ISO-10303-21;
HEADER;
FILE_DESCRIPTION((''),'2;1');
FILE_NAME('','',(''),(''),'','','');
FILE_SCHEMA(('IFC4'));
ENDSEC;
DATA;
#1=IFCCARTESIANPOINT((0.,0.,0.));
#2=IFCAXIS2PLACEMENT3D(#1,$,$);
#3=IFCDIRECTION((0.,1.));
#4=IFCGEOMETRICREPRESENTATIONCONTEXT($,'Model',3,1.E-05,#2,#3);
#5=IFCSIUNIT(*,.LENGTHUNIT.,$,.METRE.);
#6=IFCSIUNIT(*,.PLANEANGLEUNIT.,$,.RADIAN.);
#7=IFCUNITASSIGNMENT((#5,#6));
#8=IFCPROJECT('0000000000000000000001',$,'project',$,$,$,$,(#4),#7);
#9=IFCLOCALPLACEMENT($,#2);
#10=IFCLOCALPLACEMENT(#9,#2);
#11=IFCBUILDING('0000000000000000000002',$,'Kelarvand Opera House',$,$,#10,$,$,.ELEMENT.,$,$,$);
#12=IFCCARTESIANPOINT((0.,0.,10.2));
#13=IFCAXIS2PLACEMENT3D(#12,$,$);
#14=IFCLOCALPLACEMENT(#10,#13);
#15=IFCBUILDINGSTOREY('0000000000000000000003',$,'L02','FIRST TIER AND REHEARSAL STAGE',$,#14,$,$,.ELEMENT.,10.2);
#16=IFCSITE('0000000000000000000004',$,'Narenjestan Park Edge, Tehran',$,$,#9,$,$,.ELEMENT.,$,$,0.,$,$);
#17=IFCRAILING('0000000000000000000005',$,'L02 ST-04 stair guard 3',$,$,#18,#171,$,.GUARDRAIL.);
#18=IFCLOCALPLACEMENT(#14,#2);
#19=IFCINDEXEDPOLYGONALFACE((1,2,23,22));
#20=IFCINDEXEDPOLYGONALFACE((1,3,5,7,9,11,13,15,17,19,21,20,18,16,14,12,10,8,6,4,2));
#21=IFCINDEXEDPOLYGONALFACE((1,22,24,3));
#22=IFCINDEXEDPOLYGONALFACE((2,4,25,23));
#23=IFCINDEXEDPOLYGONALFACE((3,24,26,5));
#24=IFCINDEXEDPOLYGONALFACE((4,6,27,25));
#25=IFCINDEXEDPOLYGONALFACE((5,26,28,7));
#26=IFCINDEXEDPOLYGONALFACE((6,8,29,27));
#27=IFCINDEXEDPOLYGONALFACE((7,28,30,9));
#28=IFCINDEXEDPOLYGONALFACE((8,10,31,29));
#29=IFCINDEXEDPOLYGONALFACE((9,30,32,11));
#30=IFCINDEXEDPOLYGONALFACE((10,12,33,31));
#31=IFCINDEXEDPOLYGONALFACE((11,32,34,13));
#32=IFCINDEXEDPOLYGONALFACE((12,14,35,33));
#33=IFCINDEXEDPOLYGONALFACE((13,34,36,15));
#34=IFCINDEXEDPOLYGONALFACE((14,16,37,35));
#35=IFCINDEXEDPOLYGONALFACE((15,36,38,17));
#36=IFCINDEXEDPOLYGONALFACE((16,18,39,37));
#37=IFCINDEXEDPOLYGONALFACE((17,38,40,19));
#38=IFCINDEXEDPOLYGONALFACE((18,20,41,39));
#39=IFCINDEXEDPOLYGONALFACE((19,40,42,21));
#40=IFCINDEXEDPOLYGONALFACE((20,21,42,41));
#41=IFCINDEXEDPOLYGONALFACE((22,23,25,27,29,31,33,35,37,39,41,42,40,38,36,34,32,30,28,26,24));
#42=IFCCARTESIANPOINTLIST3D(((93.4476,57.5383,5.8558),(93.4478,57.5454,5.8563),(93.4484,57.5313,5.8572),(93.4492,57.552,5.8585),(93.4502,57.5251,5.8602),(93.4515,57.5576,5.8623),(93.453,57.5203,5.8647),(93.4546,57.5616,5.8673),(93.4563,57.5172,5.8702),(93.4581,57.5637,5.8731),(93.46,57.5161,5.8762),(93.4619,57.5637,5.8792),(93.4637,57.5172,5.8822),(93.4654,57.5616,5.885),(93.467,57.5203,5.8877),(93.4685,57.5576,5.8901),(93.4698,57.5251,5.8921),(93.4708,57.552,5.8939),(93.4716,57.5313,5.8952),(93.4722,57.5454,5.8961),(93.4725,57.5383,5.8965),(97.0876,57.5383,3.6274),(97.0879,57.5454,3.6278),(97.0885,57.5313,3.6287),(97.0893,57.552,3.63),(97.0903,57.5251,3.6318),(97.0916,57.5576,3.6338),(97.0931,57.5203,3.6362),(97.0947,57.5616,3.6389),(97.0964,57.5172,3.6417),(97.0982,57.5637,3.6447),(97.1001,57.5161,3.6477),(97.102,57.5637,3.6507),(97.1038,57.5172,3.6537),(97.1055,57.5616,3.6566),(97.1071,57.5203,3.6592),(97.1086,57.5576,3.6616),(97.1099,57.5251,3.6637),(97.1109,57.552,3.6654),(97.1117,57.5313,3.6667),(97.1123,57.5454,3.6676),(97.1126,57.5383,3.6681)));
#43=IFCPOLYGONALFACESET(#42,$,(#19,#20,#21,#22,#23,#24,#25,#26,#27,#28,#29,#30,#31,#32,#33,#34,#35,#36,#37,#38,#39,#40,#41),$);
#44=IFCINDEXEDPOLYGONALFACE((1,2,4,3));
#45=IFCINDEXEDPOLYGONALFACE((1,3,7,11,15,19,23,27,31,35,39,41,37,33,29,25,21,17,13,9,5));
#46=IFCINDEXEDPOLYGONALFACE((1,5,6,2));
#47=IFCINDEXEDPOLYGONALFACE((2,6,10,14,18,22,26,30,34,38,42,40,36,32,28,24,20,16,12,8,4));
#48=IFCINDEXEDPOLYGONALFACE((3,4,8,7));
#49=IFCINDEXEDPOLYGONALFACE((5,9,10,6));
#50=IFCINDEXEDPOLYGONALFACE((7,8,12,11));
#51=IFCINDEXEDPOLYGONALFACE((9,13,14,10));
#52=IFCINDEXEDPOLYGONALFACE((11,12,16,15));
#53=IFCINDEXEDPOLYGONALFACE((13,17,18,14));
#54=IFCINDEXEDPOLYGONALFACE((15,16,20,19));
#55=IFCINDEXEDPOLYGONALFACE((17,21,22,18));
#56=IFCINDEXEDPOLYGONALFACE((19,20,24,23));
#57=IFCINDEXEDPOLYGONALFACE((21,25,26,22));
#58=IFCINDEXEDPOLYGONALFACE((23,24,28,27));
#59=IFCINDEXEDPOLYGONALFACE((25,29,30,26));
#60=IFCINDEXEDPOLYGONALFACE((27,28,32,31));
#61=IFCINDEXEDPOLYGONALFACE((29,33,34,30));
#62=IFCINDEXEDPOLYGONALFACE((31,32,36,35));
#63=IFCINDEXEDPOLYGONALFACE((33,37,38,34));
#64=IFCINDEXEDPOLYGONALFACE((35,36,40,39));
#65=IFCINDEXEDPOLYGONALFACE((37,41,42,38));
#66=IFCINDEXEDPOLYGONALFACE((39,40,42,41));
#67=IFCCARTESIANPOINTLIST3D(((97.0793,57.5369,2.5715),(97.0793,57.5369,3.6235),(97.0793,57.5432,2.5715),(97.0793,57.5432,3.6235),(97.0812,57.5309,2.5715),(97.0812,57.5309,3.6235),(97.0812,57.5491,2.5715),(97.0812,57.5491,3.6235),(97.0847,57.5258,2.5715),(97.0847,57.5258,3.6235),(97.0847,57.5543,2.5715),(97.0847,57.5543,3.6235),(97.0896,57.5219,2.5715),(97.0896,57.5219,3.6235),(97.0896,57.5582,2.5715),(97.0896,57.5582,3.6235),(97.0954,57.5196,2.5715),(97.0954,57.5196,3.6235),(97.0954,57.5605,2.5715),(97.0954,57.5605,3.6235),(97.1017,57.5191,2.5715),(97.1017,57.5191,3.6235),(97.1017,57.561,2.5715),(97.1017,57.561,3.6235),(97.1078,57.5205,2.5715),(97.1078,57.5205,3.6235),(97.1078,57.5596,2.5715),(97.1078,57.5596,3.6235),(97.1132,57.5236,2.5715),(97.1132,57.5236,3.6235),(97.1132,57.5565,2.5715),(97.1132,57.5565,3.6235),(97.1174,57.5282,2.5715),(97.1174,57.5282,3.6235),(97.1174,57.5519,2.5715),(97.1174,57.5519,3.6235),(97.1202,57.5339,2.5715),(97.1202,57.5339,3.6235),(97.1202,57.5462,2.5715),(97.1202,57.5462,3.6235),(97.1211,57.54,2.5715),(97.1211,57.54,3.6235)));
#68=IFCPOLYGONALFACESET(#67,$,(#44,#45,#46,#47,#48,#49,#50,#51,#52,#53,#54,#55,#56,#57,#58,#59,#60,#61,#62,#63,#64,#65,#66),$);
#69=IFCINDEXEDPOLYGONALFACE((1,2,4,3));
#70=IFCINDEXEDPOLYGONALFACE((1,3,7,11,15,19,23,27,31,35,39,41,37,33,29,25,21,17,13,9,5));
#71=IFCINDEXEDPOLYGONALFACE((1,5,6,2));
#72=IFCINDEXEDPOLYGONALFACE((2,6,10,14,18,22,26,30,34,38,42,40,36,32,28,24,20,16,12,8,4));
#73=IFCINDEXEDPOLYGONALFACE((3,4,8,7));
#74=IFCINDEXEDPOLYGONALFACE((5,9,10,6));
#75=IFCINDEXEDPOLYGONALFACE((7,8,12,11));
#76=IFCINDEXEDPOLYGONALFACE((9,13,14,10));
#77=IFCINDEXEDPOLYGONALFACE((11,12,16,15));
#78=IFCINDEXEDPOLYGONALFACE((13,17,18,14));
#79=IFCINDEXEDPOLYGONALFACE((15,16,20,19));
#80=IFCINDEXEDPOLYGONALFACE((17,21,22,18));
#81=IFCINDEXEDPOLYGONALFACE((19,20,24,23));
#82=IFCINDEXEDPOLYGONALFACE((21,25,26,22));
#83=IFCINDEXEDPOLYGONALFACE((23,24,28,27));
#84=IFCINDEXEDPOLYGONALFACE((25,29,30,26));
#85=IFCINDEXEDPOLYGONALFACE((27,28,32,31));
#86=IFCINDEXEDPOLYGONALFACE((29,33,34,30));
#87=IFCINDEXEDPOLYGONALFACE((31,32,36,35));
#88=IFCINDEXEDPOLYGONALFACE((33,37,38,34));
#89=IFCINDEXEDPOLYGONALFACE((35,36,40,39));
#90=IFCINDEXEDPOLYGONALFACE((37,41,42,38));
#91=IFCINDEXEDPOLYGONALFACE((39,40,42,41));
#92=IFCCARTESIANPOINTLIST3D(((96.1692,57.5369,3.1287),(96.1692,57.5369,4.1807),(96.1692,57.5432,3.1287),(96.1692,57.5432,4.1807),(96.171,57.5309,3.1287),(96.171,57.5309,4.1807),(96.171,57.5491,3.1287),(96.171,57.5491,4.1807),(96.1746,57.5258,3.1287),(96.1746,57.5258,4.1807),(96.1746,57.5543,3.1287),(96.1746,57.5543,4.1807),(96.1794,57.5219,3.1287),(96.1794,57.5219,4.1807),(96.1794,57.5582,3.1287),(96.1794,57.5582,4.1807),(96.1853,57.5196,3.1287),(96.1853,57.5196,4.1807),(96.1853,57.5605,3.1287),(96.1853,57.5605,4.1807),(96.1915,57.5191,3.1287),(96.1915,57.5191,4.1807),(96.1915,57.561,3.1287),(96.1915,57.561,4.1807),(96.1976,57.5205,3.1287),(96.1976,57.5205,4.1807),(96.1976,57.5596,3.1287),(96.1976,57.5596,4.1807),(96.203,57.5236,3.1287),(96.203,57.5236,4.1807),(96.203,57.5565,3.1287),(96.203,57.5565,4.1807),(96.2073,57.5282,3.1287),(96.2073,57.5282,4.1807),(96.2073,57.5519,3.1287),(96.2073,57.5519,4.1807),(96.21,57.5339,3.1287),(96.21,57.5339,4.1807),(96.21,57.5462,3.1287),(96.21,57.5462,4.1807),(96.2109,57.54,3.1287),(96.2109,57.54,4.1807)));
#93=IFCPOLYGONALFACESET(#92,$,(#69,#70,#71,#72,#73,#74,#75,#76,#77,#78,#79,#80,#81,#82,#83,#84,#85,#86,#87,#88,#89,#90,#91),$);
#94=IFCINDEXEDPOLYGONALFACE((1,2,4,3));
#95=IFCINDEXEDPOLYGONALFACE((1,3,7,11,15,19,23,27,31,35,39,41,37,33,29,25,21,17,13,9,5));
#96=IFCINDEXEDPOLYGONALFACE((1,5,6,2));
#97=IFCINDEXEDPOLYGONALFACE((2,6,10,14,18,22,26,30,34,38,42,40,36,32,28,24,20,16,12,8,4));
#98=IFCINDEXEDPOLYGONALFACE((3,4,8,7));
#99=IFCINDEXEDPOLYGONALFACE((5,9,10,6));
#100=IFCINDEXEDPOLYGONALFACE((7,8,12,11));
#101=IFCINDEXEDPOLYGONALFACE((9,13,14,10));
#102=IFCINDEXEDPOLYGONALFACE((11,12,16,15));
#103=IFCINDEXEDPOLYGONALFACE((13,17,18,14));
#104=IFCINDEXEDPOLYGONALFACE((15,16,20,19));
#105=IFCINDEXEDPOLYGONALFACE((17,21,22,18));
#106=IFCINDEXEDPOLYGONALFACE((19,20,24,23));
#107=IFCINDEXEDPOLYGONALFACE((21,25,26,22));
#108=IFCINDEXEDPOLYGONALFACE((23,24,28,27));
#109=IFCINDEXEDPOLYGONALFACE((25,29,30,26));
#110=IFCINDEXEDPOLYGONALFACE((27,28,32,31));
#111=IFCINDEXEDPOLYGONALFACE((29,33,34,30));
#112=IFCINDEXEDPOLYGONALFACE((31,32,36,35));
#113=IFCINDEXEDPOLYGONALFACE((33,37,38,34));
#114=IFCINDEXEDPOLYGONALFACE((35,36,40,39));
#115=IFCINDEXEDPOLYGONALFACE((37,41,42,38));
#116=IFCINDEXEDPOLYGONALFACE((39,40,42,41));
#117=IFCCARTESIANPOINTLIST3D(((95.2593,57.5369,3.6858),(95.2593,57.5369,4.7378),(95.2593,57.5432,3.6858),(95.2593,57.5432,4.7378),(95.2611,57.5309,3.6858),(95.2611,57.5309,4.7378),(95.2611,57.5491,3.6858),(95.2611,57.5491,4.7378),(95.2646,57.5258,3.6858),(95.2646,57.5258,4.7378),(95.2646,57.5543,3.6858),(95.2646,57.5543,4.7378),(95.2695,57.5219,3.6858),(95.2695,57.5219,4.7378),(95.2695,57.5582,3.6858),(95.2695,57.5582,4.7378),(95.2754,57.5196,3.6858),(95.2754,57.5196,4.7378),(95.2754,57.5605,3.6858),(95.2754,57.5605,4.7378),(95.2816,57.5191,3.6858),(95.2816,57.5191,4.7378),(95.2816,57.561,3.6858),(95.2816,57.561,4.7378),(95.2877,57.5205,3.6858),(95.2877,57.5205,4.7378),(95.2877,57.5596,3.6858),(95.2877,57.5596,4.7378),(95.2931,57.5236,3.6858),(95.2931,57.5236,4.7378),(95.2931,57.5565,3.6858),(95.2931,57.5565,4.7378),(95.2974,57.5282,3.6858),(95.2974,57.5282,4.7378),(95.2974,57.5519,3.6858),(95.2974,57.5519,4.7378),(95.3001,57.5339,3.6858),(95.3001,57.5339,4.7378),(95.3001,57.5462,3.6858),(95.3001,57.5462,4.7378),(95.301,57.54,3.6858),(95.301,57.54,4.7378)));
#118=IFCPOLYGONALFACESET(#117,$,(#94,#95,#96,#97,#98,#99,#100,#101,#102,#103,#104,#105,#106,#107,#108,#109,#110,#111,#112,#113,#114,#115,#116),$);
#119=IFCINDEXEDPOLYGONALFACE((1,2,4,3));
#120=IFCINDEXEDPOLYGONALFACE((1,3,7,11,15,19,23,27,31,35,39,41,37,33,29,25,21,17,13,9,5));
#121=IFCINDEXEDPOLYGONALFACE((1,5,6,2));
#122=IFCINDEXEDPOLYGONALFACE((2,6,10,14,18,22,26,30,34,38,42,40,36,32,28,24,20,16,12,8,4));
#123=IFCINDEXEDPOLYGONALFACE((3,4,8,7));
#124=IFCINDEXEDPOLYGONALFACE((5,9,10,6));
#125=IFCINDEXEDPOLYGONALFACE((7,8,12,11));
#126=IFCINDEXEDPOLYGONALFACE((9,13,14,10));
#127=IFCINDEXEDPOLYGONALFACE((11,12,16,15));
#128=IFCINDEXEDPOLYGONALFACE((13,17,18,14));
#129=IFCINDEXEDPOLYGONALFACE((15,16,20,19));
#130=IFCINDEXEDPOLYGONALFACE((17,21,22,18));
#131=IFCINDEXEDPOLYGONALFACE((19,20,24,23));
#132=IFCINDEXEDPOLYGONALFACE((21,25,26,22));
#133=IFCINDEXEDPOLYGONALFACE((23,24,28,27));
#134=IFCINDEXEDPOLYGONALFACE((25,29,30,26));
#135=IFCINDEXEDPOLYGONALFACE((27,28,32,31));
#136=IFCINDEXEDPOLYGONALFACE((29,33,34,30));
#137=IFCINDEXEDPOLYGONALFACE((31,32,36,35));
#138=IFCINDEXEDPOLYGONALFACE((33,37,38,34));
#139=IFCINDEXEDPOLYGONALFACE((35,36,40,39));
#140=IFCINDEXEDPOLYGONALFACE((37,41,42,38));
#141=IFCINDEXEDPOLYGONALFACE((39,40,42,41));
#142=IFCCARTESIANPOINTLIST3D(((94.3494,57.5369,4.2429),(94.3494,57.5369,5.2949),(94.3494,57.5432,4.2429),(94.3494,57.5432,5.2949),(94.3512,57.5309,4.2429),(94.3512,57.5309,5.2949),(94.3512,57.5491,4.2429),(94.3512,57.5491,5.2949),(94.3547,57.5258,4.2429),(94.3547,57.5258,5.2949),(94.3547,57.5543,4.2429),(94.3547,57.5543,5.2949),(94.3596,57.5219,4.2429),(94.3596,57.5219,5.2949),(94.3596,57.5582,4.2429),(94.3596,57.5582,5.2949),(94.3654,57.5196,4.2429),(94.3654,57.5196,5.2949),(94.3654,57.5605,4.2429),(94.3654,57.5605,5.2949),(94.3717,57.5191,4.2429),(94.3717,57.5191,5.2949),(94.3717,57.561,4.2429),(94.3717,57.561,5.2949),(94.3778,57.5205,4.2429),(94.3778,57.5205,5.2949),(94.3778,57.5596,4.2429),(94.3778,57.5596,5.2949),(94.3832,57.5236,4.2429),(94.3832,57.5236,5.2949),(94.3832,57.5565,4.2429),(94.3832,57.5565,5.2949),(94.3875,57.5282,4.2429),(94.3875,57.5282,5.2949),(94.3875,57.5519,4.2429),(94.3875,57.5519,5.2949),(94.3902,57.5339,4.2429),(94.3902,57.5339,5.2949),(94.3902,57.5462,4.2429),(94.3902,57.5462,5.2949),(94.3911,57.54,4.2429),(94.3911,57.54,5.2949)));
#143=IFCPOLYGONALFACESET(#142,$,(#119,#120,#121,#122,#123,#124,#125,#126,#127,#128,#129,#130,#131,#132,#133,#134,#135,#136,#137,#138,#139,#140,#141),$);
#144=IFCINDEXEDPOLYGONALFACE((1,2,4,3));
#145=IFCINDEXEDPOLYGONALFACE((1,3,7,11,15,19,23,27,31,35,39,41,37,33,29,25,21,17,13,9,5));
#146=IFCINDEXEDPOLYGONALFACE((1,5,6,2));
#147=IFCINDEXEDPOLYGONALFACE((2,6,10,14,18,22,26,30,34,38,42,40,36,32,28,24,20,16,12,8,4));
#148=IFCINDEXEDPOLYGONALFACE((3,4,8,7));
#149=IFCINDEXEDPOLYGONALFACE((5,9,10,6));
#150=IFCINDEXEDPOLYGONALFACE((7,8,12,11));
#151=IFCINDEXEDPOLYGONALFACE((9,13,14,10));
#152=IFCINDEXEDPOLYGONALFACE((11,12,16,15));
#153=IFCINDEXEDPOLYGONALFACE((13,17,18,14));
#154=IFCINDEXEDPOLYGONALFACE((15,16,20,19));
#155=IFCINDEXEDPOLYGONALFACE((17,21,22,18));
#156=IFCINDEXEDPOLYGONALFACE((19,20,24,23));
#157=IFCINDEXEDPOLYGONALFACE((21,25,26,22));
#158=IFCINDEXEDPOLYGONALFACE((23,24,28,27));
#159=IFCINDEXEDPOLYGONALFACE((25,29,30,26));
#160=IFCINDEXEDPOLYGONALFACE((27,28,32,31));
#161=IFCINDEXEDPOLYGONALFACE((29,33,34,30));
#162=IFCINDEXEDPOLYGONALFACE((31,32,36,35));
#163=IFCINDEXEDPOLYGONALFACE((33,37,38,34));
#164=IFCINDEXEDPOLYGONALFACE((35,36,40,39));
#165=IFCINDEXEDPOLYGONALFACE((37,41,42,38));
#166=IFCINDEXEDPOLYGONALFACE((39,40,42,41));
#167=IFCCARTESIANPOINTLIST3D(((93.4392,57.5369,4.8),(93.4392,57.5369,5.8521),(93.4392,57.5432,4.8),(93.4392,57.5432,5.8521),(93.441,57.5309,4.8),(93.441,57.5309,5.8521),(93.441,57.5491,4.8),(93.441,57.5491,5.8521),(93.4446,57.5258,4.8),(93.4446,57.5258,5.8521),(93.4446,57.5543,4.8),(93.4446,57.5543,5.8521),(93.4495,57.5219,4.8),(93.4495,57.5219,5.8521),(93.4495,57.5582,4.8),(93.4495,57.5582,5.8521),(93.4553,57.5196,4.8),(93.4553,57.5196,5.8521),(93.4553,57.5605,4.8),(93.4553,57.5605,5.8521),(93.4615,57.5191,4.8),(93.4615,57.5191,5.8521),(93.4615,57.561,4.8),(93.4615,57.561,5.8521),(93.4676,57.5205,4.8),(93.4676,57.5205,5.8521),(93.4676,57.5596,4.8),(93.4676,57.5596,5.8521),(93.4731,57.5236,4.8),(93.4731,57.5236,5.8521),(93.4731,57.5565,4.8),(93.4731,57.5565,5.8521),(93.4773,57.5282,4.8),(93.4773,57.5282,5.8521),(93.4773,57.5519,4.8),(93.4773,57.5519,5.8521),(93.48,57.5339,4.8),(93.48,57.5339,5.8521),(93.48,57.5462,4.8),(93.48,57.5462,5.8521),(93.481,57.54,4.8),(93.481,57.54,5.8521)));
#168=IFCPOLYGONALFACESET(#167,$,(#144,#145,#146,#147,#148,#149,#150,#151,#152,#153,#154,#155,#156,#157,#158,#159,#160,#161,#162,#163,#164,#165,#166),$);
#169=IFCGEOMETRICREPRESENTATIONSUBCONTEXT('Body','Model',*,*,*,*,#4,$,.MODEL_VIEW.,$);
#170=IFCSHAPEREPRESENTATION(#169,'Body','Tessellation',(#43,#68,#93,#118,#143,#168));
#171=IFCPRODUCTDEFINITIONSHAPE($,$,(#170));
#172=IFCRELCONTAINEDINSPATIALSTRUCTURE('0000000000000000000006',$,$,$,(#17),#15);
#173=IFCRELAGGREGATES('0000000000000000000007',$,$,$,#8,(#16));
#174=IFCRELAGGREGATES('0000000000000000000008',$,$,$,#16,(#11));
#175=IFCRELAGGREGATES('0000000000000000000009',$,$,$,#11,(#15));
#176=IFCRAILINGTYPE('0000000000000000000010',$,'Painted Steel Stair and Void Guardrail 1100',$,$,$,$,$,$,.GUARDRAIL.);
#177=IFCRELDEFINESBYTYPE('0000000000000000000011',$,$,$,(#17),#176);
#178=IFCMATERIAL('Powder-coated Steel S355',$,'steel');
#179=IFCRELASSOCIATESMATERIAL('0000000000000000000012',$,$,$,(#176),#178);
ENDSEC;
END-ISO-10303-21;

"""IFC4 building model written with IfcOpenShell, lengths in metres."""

from ifc_helpers import new_model, si_unit, direction, frame, origin, origin_2d, place, context, subcontext, project, spatial, circle, extrude, material, type_object, element, save


model = new_model("IFC4")

# Units and contexts
model_context = context("Model", 3, precision=1e-05, world=origin(), true_north=direction((0.0, 1.0)))
body_context = subcontext(model_context, "Body", "Model", "MODEL_VIEW")
ifc_project = project(units=[si_unit("LENGTHUNIT", "METRE"), si_unit("PLANEANGLEUNIT", "RADIAN")], contexts=[model_context])

# Site, building, storey
site_placement = place(None, origin())
site = spatial("IfcSite", under=ifc_project, at=site_placement, Name="Narenjestan Park Edge, Tehran", CompositionType="ELEMENT", RefElevation=0.0)
building_placement = place(site_placement, origin())
building = spatial("IfcBuilding", under=site, at=building_placement, Name="Kelarvand Opera House", CompositionType="ELEMENT")
storey_placement = place(building_placement, frame((0.0, 0.0, 10.2)))
storey = spatial("IfcBuildingStorey", under=building, at=storey_placement, Name="L02", Description="FIRST TIER AND REHEARSAL STAGE", CompositionType="ELEMENT", Elevation=10.2)

# Railing
ifc_material_1 = material(Name="Powder-coated Steel S355", Category="steel")
railing_type_1 = type_object("IfcRailingType", Name="Painted Steel Stair and Void Guardrail 1100", PredefinedType="GUARDRAIL", material=ifc_material_1)
railing_1_placement = place(storey_placement, frame((97.1001, 57.54, 2.5715)))
element("IfcRailing", 1, at=railing_1_placement, inside=storey, type_object=railing_type_1, Name="L02 ST-04 stair guard 3", PredefinedType="GUARDRAIL", context=body_context, shape_type="SweptSolid", body=[
    extrude(circle(Radius=0.0239, at=origin_2d()), frame((0.0, 0.0, 1.0762), z_axis=(-0.852866, 0.0, 0.52213), x_axis=(0.0, -1.0, 0.0)), (0.0, 0.0, 1.0), 4.2681),
    extrude(circle(Radius=0.021, at=origin_2d()), origin(), (0.0, 0.0, 1.0), 1.052),
    extrude(circle(Radius=0.021, at=origin_2d()), frame((-0.9102, 0.0, 0.5571)), (0.0, 0.0, 1.0), 1.052),
    extrude(circle(Radius=0.021, at=origin_2d()), frame((-1.8201, 0.0, 1.1143)), (0.0, 0.0, 1.0), 1.052),
    extrude(circle(Radius=0.021, at=origin_2d()), frame((-2.73, 0.0, 1.6714)), (0.0, 0.0, 1.0), 1.052),
    extrude(circle(Radius=0.021, at=origin_2d()), frame((-3.6401, 0.0, 2.2285)), (0.0, 0.0, 1.0), 1.052),
])

save(model, "model.ifc")
